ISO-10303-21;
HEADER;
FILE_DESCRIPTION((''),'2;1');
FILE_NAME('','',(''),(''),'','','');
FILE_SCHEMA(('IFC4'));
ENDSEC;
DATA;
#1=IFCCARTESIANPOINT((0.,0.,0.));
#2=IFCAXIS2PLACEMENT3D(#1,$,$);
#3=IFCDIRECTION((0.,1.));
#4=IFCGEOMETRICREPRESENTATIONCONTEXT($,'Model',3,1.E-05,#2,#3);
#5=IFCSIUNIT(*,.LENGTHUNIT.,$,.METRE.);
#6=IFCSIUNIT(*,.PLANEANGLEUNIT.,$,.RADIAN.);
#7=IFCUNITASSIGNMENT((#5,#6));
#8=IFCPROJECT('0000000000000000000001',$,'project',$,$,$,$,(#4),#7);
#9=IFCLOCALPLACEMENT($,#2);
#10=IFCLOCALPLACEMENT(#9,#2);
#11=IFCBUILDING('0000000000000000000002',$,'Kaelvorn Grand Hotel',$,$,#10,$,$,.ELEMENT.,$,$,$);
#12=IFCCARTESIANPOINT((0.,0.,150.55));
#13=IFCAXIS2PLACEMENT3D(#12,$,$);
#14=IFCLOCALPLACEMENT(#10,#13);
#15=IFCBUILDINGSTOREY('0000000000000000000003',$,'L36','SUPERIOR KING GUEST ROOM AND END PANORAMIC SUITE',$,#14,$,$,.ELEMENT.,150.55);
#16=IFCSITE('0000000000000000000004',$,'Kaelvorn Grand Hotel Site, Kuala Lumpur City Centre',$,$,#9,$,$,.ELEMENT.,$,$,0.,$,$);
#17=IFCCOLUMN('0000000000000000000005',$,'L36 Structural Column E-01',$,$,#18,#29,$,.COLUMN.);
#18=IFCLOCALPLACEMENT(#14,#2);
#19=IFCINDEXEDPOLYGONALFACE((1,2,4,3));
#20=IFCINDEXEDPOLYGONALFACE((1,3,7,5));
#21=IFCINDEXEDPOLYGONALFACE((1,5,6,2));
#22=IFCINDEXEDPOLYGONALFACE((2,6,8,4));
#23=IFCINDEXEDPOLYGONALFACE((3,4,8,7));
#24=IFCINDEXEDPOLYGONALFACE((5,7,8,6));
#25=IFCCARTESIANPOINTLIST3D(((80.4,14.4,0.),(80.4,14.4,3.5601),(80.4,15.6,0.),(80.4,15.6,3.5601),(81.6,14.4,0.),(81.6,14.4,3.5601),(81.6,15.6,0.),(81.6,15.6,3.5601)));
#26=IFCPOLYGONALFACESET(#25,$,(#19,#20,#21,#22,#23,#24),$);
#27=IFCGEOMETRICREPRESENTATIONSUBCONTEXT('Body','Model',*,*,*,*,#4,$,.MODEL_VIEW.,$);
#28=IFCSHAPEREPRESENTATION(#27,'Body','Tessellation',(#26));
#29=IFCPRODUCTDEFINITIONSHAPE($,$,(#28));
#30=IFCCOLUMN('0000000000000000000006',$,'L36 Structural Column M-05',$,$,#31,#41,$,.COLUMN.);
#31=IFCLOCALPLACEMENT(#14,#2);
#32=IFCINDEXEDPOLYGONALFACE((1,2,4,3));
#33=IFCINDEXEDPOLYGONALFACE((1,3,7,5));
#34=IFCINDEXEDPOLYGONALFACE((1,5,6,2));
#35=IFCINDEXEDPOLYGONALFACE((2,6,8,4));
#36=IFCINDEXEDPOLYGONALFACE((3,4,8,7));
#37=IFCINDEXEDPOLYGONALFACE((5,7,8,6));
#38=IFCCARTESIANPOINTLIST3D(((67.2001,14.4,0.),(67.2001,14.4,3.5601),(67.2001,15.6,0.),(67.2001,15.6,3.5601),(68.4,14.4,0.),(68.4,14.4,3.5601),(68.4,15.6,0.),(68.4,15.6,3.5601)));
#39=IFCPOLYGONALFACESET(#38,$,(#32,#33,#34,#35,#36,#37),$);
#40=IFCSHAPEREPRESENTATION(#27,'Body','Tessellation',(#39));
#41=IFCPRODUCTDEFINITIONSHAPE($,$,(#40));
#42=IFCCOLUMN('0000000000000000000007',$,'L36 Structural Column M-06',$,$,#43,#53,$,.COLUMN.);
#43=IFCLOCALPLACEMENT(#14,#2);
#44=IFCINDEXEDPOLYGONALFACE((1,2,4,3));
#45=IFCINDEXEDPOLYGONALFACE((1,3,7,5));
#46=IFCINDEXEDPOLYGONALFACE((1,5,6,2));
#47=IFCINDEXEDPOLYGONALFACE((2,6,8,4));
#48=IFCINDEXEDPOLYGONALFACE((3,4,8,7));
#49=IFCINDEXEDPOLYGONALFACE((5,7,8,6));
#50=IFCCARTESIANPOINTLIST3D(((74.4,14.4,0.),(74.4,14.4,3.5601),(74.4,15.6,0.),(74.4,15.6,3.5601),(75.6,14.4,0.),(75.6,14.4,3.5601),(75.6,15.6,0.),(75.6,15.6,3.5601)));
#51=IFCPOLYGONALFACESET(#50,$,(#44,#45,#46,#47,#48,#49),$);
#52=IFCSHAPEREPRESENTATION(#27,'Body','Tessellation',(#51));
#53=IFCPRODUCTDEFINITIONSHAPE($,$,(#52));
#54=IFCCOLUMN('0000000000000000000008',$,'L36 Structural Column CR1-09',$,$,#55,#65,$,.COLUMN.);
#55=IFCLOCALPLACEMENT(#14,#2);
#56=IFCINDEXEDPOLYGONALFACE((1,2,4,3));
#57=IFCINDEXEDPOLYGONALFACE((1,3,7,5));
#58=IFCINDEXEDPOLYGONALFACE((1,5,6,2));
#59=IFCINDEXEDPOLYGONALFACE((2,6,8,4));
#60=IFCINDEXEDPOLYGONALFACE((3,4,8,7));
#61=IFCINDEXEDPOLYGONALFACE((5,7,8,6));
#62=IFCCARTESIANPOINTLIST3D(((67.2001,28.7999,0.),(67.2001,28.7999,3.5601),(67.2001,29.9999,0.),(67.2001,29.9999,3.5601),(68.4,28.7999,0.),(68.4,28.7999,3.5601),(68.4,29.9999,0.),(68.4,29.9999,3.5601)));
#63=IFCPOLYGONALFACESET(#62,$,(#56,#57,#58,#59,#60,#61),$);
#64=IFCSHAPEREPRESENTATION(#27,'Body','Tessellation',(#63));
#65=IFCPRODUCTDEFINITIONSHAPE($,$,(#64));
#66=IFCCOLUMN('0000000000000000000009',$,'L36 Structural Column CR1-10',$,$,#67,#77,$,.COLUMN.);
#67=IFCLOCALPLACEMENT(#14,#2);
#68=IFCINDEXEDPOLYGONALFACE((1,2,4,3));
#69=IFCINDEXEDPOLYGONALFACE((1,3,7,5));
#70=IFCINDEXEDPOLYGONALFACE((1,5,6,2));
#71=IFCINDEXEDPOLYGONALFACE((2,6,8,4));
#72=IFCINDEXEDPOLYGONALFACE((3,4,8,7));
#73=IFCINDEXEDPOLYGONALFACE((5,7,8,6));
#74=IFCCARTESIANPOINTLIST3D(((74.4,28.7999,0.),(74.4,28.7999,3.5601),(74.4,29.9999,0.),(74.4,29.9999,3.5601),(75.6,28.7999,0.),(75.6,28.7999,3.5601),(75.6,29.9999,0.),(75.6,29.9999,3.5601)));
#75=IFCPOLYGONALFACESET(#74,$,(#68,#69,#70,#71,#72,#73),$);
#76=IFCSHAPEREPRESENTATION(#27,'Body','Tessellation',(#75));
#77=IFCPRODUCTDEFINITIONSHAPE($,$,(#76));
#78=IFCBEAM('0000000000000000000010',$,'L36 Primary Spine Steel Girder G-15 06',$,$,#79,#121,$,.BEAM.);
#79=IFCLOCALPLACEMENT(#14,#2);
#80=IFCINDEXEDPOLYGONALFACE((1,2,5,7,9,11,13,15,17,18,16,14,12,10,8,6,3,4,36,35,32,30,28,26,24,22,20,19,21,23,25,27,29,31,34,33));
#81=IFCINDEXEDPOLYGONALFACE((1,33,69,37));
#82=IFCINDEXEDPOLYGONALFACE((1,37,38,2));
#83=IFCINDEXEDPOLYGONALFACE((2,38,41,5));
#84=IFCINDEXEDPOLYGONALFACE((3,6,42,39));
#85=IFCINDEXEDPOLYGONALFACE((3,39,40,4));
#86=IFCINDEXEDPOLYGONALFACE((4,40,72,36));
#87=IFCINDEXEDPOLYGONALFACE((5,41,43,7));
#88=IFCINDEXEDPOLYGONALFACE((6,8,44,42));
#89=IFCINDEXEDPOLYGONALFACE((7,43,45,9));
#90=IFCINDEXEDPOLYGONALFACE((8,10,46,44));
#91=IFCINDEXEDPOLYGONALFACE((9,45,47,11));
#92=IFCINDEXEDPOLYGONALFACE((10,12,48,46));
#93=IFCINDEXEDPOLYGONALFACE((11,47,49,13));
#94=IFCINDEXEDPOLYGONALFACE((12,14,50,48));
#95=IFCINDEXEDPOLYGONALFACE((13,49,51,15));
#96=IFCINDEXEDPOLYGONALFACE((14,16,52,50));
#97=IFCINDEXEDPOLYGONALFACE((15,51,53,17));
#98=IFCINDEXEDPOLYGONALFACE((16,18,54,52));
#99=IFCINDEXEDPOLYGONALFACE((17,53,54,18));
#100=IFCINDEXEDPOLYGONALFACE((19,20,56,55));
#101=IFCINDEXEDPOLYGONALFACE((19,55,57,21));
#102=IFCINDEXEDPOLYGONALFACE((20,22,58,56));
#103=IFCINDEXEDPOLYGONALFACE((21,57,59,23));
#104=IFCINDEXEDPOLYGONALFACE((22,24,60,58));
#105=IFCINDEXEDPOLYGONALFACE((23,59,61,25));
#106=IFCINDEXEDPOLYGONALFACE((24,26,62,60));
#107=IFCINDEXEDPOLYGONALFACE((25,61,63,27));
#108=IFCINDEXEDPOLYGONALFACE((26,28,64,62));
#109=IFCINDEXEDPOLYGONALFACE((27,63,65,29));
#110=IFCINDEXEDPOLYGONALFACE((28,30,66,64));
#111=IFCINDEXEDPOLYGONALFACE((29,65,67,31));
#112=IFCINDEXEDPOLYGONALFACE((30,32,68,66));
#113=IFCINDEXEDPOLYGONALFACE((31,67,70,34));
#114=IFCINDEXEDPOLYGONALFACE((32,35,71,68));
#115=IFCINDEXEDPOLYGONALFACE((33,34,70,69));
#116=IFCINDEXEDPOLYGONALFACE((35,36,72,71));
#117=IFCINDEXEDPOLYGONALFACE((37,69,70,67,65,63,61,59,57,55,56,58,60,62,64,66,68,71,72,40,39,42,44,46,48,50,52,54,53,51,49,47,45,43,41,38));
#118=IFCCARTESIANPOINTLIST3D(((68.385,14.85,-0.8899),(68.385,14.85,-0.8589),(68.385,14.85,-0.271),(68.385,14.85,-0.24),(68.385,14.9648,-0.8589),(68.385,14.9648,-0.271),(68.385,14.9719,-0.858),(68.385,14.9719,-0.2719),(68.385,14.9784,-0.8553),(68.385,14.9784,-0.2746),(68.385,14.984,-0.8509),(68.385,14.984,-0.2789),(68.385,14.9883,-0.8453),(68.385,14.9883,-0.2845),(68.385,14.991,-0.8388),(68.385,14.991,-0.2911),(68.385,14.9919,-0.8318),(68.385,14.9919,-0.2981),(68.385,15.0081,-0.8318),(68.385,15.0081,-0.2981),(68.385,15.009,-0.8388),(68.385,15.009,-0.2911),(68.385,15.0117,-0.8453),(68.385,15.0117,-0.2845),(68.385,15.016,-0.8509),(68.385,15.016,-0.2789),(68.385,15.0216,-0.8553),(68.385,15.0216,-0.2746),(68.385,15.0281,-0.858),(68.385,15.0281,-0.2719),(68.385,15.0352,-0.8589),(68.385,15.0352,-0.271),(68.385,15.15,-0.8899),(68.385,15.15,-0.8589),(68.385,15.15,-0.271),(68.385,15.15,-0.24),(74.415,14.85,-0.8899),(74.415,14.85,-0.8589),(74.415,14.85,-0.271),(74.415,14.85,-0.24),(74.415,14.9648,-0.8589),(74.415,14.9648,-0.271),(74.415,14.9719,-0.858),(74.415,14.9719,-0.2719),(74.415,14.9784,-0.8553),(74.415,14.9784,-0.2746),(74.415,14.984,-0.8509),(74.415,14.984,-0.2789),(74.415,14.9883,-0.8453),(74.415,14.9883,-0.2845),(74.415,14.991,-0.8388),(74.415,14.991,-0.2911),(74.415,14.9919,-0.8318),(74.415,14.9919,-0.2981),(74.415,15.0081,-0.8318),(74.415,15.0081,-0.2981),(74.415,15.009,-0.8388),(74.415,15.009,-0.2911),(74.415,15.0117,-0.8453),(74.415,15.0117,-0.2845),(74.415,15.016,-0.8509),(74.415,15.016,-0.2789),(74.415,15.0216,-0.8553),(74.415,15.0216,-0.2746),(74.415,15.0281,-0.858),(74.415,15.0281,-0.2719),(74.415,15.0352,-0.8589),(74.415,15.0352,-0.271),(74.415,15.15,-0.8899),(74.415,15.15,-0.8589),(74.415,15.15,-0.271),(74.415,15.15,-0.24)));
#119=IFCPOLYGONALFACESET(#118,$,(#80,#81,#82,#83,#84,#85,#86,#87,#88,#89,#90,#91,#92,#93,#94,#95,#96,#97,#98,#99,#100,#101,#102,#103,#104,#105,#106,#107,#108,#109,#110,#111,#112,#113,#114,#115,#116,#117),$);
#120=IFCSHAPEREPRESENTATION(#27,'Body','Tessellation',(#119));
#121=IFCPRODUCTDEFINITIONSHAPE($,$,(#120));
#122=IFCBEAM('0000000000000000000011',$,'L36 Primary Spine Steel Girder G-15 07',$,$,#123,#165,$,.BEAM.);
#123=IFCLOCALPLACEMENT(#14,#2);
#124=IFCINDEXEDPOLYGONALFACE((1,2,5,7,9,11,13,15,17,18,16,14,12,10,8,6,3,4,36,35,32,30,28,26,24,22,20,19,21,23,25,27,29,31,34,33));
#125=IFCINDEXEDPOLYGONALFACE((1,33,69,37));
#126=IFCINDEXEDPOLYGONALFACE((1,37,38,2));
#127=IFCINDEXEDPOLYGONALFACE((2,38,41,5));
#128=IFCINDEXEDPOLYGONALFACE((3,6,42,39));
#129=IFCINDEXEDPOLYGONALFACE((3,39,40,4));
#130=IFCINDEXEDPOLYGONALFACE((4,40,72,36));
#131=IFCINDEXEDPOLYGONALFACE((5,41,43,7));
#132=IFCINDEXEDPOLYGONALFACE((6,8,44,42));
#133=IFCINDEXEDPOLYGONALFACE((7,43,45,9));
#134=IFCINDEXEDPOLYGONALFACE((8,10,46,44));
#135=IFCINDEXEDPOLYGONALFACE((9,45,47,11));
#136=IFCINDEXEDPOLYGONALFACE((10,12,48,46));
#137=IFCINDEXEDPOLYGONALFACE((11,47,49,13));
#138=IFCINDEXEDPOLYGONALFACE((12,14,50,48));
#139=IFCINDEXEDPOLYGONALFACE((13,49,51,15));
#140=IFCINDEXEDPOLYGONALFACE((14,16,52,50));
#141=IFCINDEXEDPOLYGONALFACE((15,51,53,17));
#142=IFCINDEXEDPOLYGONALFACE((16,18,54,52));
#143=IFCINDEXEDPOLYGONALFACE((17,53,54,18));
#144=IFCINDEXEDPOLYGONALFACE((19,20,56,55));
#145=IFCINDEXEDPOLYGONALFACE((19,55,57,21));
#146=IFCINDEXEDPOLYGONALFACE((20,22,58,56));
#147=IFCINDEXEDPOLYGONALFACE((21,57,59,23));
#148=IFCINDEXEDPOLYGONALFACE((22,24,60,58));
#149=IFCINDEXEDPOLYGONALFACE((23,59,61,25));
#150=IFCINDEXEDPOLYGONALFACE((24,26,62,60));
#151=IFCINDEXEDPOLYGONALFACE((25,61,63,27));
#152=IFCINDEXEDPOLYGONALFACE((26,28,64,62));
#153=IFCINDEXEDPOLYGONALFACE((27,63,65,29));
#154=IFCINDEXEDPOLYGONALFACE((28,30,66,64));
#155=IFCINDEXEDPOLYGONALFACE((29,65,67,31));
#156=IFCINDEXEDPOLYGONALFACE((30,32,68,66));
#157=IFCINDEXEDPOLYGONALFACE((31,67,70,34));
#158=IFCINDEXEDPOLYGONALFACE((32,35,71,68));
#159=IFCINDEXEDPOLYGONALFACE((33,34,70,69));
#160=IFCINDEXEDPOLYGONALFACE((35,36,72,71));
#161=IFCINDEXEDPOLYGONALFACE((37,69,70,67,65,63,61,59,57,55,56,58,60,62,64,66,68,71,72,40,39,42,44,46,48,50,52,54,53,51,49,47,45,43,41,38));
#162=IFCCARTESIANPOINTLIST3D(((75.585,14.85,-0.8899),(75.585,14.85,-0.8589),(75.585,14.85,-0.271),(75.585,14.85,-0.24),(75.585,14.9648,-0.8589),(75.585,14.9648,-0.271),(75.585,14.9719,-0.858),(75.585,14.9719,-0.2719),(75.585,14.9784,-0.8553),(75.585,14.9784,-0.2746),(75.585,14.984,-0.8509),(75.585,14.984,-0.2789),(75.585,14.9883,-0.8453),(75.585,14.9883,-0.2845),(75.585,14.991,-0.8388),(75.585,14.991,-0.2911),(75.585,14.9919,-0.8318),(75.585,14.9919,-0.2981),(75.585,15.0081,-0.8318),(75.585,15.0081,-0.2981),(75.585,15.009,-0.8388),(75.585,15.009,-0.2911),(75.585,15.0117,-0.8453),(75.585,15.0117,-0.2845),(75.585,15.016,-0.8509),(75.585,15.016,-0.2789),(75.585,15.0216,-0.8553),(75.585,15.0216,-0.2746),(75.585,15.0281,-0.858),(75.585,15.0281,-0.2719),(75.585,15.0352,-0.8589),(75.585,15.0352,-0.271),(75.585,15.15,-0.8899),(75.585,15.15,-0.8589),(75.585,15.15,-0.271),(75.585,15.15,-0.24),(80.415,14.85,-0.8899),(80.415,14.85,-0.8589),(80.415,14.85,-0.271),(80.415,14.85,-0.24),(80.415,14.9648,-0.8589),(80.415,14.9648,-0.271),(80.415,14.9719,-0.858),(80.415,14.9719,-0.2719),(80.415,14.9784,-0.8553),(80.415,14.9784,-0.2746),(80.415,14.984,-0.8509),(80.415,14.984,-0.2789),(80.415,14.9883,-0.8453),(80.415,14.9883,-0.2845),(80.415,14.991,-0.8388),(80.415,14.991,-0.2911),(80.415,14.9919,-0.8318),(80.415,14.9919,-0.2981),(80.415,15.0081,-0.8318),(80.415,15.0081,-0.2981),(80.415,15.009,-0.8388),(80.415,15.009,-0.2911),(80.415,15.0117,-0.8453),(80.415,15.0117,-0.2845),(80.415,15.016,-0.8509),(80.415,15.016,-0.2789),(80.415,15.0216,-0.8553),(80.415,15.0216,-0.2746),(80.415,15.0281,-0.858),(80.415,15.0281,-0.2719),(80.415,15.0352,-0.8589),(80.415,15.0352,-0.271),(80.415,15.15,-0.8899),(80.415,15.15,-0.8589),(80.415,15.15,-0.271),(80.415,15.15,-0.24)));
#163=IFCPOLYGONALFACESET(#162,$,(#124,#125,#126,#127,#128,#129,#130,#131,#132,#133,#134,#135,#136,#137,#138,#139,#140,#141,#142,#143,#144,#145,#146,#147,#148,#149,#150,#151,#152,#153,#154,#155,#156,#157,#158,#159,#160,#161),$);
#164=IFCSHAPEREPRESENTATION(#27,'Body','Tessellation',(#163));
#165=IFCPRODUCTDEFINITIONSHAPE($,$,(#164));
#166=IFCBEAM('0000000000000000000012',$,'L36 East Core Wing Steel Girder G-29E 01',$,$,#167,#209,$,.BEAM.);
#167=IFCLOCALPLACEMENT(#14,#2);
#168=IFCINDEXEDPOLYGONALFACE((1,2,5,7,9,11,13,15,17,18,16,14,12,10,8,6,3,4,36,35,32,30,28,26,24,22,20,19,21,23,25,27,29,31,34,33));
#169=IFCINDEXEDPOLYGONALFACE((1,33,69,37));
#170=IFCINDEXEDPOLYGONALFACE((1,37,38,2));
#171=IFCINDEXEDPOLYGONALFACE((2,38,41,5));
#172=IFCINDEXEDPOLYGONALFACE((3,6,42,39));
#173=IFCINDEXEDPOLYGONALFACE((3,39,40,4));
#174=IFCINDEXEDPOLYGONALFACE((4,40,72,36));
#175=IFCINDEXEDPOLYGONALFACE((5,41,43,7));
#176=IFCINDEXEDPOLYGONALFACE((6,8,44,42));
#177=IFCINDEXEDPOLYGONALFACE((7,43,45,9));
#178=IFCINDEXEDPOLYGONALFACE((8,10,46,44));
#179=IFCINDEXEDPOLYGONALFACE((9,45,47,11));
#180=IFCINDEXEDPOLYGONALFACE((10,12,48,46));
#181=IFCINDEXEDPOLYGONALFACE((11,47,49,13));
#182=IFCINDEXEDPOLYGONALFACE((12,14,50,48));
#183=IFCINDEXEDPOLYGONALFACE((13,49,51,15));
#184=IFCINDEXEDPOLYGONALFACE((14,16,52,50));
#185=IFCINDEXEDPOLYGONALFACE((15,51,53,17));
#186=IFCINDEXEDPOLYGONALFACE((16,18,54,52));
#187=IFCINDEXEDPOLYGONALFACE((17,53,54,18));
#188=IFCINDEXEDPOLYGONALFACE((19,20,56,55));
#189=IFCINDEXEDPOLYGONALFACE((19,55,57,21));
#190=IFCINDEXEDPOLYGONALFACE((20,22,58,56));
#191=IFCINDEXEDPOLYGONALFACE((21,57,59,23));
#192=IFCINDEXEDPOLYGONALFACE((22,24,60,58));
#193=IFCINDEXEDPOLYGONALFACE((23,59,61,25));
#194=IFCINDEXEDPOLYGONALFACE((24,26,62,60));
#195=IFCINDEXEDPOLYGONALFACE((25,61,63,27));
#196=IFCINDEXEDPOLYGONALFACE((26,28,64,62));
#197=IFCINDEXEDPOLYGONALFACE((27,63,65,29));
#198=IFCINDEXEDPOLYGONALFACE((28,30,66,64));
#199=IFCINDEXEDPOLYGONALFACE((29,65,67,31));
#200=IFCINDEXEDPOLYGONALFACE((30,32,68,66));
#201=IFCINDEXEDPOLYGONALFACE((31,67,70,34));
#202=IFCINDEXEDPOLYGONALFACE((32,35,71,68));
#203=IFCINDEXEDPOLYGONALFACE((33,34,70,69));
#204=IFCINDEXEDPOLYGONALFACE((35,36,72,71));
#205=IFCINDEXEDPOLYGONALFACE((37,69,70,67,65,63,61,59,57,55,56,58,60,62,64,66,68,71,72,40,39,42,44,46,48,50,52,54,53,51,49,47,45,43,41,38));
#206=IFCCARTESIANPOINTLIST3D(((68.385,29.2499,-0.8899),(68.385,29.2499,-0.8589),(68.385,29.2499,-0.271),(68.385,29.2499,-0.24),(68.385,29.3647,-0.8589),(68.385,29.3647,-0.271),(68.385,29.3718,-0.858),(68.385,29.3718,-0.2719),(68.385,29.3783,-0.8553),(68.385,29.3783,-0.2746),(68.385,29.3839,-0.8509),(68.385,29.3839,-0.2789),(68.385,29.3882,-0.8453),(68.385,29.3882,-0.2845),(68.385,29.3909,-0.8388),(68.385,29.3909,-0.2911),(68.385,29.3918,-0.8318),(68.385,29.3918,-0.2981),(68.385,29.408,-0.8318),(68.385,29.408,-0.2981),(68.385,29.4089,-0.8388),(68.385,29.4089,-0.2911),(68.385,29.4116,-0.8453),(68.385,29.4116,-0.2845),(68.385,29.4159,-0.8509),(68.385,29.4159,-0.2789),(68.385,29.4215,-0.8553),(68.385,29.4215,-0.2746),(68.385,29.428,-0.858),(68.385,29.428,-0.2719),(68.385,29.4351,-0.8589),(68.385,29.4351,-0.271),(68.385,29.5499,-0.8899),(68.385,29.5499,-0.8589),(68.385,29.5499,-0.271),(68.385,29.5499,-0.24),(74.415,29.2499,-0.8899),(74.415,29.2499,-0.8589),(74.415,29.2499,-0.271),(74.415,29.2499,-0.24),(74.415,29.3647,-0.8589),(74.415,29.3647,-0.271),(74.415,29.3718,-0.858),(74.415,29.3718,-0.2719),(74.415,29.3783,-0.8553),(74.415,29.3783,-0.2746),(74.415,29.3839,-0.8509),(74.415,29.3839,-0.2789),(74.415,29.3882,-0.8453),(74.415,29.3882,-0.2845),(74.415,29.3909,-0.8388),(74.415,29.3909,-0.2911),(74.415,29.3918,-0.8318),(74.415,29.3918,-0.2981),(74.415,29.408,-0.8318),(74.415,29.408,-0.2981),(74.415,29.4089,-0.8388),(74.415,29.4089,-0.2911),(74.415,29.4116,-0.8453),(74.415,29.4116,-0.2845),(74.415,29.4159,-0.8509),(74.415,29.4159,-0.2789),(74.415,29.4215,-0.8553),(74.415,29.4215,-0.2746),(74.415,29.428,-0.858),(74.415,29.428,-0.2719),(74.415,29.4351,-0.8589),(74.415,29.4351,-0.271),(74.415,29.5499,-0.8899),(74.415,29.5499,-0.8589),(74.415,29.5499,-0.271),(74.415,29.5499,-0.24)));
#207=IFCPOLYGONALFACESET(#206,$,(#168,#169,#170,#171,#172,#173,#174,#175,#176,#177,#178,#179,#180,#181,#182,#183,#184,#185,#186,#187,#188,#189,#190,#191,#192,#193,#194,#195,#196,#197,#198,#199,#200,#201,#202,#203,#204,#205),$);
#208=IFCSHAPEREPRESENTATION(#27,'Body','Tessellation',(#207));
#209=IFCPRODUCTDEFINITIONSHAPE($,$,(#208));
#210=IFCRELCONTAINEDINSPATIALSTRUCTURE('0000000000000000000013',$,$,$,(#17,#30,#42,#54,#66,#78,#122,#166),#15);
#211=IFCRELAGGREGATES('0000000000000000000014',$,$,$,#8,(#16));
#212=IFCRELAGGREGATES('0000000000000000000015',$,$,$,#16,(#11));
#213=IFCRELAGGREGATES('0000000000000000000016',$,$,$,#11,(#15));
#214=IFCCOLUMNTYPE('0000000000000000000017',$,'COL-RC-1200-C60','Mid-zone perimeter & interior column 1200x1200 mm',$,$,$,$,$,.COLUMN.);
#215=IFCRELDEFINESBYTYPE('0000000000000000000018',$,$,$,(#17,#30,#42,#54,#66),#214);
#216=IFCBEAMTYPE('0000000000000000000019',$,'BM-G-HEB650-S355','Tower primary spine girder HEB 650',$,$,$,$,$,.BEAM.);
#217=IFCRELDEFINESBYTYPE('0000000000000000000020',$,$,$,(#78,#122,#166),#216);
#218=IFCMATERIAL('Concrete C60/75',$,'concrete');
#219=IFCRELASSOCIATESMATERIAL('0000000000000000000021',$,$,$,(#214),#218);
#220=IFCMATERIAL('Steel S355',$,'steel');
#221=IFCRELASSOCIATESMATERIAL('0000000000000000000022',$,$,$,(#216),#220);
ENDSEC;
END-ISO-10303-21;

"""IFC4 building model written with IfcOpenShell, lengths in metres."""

from ifc_helpers import new_model, si_unit, direction, frame, origin, origin_2d, place, context, subcontext, project, spatial, rectangle, i_section, extrude, material, material_profile, profile_set, type_object, element, save


model = new_model("IFC4")

# Units and contexts
model_context = context("Model", 3, precision=1e-05, world=origin(), true_north=direction((0.0, 1.0)))
body_context = subcontext(model_context, "Body", "Model", "MODEL_VIEW")
ifc_project = project(units=[si_unit("LENGTHUNIT", "METRE"), si_unit("PLANEANGLEUNIT", "RADIAN")], contexts=[model_context])

# Site, building, storey
site_placement = place(None, origin())
site = spatial("IfcSite", under=ifc_project, at=site_placement, Name="Kaelvorn Grand Hotel Site, Kuala Lumpur City Centre", CompositionType="ELEMENT", RefElevation=0.0)
building_placement = place(site_placement, origin())
building = spatial("IfcBuilding", under=site, at=building_placement, Name="Kaelvorn Grand Hotel", CompositionType="ELEMENT")
storey_placement = place(building_placement, frame((0.0, 0.0, 150.55)))
storey = spatial("IfcBuildingStorey", under=building, at=storey_placement, Name="L36", Description="SUPERIOR KING GUEST ROOM AND END PANORAMIC SUITE", CompositionType="ELEMENT", Elevation=150.55)

# Columns
ifc_material_1 = material(Name="Concrete C60/75", Category="concrete")
ifc_material_profile_1 = material_profile(ifc_material_1, rectangle(XDim=1.2, YDim=1.2, at=origin_2d()), Name="RC COL 1200x1200")
ifc_profile_set_1 = profile_set([ifc_material_profile_1], Name="Concrete C60/75")
column_type = type_object("IfcColumnType", Name="COL-RC-1200-C60", Description="Mid-zone perimeter & interior column 1200x1200 mm", PredefinedType="COLUMN", material=ifc_profile_set_1)
for number, where, z_axis, x_axis, name in (
    (1, (81.0, 15.0, 0.0), (0.0, 0.0, 1.0), (1.0, 0.0, 0.0), "L36 Structural Column E-01"),
    (2, (67.8, 15.0, 0.0), (0.0, 0.0, 1.0), (1.0, 0.0, 0.0), "L36 Structural Column M-05"),
    (3, (75.0, 15.0, 0.0), (0.0, 0.0, 1.0), (1.0, 0.0, 0.0), "L36 Structural Column M-06"),
    (4, (67.8, 29.3999, 0.0), (0.0, 0.0, 1.0), (1.0, 0.0, 0.0), "L36 Structural Column CR1-09"),
    (5, (75.0, 29.3999, 0.0), (0.0, 0.0, 1.0), (1.0, 0.0, 0.0), "L36 Structural Column CR1-10"),
):
    element("IfcColumn", number, at=place(storey_placement, frame(where, z_axis=z_axis, x_axis=x_axis)), inside=storey, type_object=column_type, Name=name, PredefinedType="COLUMN", context=body_context, shape_type="SweptSolid", body=[
        extrude(rectangle(XDim=1.2, YDim=1.2, at=origin_2d()), origin(), (0.0, 0.0, 1.0), 3.5601),
    ])

# Beams
ifc_material_2 = material(Name="Steel S355", Category="steel")
ifc_material_profile_2 = material_profile(ifc_material_2, i_section(OverallWidth=0.3, OverallDepth=0.6499, WebThickness=0.0161, FlangeThickness=0.031, FilletRadius=0.0271, at=origin_2d()), Name="HEB 650")
ifc_profile_set_2 = profile_set([ifc_material_profile_2], Name="Steel S355")
beam_type_1 = type_object("IfcBeamType", Name="BM-G-HEB650-S355", Description="Tower primary spine girder HEB 650", PredefinedType="BEAM", material=ifc_profile_set_2)
beam_1_placement = place(storey_placement, frame((68.385, 15.0, -0.5649), z_axis=(1.0, 0.0, 0.0), x_axis=(0.0, 1.0, 0.0)))
element("IfcBeam", 6, at=beam_1_placement, inside=storey, type_object=beam_type_1, Name="L36 Primary Spine Steel Girder G-15 06", PredefinedType="BEAM", context=body_context, shape_type="SweptSolid", body=[
    extrude(i_section(OverallWidth=0.3, OverallDepth=0.6499, WebThickness=0.0161, FlangeThickness=0.031, FilletRadius=0.0271, at=origin_2d()), origin(), (0.0, 0.0, 1.0), 6.03),
])
beam_2_placement = place(storey_placement, frame((75.585, 15.0, -0.5649), z_axis=(1.0, 0.0, 0.0), x_axis=(0.0, 1.0, 0.0)))
element("IfcBeam", 7, at=beam_2_placement, inside=storey, type_object=beam_type_1, Name="L36 Primary Spine Steel Girder G-15 07", PredefinedType="BEAM", context=body_context, shape_type="SweptSolid", body=[
    extrude(i_section(OverallWidth=0.3, OverallDepth=0.6499, WebThickness=0.0161, FlangeThickness=0.031, FilletRadius=0.0271, at=origin_2d()), origin(), (0.0, 0.0, 1.0), 4.8301),
])
beam_3_placement = place(storey_placement, frame((68.385, 29.3999, -0.5649), z_axis=(1.0, 0.0, 0.0), x_axis=(0.0, 1.0, 0.0)))
element("IfcBeam", 8, at=beam_3_placement, inside=storey, type_object=beam_type_1, Name="L36 East Core Wing Steel Girder G-29E 01", PredefinedType="BEAM", context=body_context, shape_type="SweptSolid", body=[
    extrude(i_section(OverallWidth=0.3, OverallDepth=0.6499, WebThickness=0.0161, FlangeThickness=0.031, FilletRadius=0.0271, at=origin_2d()), origin(), (0.0, 0.0, 1.0), 6.03),
])

save(model, "model.ifc")
